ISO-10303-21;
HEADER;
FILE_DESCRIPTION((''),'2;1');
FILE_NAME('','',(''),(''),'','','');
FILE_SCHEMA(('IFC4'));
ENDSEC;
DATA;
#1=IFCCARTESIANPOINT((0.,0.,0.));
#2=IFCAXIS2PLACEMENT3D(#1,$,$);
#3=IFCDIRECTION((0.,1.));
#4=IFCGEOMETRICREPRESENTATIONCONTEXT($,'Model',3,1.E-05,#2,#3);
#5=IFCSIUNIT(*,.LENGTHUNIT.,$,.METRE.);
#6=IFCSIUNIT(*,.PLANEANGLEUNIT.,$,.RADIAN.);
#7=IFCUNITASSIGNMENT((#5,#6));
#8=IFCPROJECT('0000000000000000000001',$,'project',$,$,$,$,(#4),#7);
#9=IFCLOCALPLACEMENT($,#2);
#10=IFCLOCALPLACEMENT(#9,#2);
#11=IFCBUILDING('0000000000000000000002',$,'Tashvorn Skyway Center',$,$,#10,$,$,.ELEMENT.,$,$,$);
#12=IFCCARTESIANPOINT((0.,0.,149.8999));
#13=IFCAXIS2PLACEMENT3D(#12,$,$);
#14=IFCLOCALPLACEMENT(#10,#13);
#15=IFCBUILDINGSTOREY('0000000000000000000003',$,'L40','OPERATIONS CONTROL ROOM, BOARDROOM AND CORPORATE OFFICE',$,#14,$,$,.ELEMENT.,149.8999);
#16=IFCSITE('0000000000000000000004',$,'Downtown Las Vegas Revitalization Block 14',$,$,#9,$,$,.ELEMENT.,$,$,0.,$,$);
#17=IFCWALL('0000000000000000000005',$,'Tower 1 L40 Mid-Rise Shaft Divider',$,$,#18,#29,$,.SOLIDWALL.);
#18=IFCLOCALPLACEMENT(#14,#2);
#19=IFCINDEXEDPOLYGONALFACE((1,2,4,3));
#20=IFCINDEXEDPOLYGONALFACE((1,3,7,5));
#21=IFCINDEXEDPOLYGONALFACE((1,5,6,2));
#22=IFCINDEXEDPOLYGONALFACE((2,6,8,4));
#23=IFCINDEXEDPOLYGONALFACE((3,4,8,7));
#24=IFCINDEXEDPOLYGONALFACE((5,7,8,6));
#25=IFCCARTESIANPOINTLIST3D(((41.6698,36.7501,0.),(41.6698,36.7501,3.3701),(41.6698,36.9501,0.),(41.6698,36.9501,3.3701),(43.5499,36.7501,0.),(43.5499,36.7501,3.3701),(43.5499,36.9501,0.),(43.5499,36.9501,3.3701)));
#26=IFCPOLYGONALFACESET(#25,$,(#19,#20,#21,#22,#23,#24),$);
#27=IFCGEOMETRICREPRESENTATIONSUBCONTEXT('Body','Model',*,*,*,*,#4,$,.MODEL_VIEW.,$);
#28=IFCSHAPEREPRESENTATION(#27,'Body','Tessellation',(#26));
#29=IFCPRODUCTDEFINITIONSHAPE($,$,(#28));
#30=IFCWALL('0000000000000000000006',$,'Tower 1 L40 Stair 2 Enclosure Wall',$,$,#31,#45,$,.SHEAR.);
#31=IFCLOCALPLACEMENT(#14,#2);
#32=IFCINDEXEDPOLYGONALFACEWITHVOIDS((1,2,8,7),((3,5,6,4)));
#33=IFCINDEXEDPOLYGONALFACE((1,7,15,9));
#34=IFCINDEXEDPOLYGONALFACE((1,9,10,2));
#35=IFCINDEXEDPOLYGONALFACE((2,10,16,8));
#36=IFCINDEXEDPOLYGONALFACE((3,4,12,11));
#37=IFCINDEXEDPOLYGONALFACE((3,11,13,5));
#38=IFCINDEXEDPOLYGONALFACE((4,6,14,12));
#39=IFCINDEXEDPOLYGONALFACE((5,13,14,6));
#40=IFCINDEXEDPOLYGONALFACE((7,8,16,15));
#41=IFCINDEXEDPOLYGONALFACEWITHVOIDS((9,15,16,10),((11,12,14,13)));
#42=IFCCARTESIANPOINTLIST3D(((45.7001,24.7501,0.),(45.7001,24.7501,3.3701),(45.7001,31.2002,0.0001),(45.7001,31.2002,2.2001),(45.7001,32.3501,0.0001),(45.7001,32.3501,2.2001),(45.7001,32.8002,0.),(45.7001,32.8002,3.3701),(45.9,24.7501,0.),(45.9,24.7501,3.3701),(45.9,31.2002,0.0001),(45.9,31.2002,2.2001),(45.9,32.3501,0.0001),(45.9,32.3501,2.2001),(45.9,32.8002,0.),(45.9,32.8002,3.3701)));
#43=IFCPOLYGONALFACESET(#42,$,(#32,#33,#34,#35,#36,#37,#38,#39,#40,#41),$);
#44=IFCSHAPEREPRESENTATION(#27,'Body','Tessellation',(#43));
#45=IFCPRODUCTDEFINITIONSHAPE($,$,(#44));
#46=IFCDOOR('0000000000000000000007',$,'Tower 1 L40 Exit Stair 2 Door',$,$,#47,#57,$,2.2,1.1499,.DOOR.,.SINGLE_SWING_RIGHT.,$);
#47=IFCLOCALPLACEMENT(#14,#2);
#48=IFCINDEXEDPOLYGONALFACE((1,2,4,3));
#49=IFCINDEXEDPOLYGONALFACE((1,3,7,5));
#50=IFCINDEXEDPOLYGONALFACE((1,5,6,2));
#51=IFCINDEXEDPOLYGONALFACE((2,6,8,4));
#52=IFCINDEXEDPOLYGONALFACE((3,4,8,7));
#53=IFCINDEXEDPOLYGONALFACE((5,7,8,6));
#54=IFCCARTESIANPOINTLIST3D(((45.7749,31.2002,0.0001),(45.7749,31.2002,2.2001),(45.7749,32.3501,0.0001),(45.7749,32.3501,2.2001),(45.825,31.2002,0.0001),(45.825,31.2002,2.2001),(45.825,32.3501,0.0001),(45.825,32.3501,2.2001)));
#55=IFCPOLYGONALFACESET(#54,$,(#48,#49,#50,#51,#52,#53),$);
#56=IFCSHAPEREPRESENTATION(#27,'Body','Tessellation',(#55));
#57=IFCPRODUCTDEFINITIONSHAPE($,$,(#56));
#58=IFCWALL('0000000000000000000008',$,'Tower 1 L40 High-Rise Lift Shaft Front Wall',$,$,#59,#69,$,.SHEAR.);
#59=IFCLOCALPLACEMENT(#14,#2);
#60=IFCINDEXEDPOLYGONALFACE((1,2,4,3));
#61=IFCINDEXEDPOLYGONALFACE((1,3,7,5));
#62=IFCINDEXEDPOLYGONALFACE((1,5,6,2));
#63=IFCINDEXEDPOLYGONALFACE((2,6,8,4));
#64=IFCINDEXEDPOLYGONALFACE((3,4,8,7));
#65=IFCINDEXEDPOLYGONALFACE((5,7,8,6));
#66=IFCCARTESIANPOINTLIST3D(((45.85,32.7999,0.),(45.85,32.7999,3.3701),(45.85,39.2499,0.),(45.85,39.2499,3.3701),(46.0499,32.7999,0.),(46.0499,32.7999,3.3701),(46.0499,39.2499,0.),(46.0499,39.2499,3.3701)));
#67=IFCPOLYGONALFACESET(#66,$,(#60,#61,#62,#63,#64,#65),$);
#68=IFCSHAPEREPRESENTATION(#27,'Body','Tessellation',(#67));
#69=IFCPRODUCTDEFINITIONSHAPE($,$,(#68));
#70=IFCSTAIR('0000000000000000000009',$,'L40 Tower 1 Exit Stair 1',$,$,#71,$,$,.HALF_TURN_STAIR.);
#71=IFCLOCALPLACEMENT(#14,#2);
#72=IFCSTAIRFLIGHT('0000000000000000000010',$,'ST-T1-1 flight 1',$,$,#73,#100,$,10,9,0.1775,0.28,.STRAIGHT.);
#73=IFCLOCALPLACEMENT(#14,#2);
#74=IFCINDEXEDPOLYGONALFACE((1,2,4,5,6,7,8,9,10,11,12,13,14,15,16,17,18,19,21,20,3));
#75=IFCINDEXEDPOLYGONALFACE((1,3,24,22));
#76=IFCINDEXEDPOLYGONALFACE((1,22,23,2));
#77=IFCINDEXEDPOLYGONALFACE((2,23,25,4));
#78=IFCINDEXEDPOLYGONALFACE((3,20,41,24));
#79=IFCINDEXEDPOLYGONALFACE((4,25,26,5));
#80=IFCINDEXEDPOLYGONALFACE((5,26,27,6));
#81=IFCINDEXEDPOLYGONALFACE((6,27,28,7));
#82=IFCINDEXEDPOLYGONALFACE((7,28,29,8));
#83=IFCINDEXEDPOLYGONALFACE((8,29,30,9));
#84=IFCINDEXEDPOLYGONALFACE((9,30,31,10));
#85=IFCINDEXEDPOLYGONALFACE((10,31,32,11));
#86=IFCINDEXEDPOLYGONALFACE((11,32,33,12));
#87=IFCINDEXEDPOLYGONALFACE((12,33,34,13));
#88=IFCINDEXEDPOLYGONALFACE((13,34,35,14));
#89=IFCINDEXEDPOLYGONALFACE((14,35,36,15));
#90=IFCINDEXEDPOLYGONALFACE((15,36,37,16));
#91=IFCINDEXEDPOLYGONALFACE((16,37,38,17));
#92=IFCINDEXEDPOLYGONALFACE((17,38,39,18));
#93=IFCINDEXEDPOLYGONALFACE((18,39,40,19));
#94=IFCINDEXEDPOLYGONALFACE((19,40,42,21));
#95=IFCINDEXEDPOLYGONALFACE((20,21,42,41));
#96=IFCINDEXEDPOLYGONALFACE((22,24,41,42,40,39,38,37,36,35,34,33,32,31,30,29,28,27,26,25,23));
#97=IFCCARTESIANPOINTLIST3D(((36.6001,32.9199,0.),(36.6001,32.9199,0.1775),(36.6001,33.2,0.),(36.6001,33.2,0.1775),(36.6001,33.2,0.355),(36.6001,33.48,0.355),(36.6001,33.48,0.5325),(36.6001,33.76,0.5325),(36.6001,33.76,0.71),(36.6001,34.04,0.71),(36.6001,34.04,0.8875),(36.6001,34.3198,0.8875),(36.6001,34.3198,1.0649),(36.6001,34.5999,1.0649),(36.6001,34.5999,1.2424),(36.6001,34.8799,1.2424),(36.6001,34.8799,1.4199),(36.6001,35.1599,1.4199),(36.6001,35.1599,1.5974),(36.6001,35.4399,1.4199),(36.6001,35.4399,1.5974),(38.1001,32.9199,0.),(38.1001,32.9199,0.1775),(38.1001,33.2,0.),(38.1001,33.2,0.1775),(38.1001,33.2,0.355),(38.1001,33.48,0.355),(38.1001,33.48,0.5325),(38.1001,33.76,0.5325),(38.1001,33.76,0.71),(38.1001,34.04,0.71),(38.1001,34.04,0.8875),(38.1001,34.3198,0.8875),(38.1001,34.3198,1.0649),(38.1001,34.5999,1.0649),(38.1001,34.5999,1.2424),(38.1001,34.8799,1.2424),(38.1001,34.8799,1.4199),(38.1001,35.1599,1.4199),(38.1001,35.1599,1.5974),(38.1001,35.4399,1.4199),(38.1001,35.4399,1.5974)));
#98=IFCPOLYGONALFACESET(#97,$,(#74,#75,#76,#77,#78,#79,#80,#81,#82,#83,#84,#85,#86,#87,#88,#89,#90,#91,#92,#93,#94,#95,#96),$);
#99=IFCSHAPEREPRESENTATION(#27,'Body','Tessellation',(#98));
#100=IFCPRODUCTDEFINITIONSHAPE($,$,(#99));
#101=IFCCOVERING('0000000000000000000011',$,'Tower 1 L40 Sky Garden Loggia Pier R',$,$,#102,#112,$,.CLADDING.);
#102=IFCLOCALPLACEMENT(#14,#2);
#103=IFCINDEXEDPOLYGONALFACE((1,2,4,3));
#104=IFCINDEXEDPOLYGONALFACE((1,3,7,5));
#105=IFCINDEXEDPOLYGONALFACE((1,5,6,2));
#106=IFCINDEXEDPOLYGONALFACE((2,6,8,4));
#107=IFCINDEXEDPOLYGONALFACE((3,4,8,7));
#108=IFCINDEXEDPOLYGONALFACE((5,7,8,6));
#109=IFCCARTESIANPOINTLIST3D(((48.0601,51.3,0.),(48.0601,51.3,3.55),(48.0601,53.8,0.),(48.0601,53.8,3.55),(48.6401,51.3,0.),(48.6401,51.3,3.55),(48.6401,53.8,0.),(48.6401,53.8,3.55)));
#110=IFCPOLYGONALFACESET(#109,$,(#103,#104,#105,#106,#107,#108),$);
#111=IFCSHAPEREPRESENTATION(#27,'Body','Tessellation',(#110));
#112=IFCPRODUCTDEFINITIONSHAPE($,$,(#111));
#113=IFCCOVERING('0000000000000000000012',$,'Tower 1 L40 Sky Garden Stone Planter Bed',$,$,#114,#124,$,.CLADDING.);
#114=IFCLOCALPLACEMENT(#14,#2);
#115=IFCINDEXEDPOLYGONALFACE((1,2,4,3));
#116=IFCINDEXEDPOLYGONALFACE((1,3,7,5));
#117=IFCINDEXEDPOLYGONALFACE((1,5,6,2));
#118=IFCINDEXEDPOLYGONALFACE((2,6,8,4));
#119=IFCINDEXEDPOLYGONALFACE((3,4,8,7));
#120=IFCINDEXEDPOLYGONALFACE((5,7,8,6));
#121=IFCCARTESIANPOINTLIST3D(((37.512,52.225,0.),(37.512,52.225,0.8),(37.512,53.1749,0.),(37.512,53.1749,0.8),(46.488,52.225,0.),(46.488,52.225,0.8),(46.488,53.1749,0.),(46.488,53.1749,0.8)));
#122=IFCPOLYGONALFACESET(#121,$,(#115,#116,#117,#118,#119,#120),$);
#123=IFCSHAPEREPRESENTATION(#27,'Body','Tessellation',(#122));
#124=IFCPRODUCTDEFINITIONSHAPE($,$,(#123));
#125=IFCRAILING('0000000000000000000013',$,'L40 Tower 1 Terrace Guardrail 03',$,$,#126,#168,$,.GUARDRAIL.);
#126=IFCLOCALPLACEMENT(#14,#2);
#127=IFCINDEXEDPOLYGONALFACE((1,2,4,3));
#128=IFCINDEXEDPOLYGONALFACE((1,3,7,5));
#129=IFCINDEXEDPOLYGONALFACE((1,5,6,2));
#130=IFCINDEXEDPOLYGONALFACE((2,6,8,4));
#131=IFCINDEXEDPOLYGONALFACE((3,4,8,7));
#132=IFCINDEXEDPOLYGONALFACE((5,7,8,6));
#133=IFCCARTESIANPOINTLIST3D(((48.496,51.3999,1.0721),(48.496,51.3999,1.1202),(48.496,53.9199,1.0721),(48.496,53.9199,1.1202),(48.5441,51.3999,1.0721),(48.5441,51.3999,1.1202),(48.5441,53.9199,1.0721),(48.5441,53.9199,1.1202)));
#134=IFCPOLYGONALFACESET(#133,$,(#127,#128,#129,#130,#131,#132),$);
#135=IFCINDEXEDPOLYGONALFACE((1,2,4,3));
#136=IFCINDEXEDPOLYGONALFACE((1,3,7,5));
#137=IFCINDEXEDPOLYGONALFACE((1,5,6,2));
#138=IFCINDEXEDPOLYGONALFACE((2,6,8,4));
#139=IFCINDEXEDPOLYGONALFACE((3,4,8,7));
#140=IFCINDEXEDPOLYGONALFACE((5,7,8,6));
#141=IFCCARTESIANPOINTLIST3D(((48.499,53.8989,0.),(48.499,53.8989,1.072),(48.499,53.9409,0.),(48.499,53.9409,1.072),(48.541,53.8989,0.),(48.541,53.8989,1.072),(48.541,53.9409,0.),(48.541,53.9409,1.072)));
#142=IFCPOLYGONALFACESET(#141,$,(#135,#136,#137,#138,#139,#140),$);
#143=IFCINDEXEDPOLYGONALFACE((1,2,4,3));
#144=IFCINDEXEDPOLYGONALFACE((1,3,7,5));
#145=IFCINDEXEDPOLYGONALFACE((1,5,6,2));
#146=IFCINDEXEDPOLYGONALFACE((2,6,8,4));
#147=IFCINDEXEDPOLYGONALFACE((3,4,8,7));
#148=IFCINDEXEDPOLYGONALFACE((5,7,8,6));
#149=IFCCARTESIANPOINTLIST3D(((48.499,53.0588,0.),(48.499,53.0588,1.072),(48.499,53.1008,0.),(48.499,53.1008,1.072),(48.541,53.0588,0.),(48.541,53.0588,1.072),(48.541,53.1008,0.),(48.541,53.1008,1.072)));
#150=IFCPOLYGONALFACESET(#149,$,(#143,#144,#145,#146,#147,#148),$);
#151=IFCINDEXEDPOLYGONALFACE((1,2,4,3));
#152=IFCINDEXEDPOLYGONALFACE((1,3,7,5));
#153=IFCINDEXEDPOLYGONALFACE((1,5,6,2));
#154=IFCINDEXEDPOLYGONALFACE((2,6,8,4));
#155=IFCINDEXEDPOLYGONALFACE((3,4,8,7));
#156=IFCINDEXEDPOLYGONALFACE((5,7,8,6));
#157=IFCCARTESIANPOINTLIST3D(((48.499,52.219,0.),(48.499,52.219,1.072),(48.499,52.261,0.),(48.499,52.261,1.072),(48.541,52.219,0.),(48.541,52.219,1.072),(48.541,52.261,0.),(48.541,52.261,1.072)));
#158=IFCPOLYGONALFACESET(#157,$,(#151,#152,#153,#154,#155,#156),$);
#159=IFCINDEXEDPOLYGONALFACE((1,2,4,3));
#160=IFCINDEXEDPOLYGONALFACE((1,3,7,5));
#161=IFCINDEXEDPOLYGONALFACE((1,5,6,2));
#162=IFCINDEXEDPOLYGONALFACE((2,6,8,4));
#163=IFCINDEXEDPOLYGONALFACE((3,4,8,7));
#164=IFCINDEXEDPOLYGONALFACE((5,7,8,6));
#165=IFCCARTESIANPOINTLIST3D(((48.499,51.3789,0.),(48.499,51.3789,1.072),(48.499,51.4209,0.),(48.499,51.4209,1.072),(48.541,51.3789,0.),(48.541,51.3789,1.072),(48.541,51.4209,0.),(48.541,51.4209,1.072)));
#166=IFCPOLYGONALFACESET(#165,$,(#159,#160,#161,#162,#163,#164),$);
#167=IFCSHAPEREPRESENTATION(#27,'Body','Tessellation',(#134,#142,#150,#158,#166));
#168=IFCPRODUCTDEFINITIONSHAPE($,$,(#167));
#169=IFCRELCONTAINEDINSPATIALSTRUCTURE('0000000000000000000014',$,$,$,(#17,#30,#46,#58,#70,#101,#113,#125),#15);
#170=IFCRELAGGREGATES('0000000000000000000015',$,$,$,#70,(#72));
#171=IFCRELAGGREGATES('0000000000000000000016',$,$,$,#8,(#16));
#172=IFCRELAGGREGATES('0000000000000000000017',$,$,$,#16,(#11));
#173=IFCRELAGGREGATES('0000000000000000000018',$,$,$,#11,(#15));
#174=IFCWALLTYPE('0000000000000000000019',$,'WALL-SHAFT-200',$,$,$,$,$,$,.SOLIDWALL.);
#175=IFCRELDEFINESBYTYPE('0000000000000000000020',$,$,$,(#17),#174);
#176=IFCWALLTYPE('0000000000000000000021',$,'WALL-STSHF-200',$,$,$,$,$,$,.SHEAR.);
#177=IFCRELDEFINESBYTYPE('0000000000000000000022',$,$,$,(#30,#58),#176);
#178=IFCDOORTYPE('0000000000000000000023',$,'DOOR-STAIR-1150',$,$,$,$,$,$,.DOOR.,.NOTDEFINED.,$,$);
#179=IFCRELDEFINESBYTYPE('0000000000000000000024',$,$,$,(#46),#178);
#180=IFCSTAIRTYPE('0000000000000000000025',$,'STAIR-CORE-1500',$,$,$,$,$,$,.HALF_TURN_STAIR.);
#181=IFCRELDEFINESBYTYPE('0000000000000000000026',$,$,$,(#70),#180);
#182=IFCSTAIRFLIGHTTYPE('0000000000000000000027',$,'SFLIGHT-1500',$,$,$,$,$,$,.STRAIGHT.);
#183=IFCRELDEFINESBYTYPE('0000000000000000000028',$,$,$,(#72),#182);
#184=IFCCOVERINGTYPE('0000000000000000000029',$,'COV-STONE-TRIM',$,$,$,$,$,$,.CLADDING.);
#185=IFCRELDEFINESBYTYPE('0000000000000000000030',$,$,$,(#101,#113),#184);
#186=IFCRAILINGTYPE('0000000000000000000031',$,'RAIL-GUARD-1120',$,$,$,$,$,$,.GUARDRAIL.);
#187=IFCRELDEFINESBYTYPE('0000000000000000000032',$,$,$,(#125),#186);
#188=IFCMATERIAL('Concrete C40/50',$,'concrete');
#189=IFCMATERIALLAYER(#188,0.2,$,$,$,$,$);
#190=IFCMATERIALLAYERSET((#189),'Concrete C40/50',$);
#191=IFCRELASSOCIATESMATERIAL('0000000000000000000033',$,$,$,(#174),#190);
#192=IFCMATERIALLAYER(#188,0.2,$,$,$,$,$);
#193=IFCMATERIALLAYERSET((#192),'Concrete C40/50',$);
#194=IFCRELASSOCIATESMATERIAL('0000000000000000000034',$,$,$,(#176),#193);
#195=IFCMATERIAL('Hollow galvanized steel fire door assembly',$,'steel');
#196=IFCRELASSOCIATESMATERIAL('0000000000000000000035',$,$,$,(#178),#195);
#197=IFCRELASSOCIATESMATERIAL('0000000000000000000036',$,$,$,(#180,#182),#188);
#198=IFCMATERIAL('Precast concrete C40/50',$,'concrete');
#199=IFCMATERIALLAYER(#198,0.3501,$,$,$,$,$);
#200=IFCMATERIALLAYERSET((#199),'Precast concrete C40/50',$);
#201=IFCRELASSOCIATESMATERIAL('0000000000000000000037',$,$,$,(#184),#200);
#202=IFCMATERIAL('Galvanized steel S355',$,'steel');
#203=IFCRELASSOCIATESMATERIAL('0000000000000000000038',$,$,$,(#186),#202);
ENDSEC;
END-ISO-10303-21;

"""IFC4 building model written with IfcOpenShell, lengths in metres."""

from ifc_helpers import new_model, si_unit, direction, frame, frame_2d, origin, origin_2d, place, context, subcontext, project, spatial, polyline, rectangle, outline, extrude, material, layer, layer_set, type_object, element, fill, aggregate, save


model = new_model("IFC4")

# Units and contexts
model_context = context("Model", 3, precision=1e-05, world=origin(), true_north=direction((0.0, 1.0)))
body_context = subcontext(model_context, "Body", "Model", "MODEL_VIEW")
ifc_project = project(units=[si_unit("LENGTHUNIT", "METRE"), si_unit("PLANEANGLEUNIT", "RADIAN")], contexts=[model_context])

# Site, building, storey
site_placement = place(None, origin())
site = spatial("IfcSite", under=ifc_project, at=site_placement, Name="Downtown Las Vegas Revitalization Block 14", CompositionType="ELEMENT", RefElevation=0.0)
building_placement = place(site_placement, origin())
building = spatial("IfcBuilding", under=site, at=building_placement, Name="Tashvorn Skyway Center", CompositionType="ELEMENT")
storey_placement = place(building_placement, frame((0.0, 0.0, 149.8999)))
storey = spatial("IfcBuildingStorey", under=building, at=storey_placement, Name="L40", Description="OPERATIONS CONTROL ROOM, BOARDROOM AND CORPORATE OFFICE", CompositionType="ELEMENT", Elevation=149.8999)

# Shared definitions
ifc_material_1 = material(Name="Concrete C40/50", Category="concrete")

# Shared definitions
ifc_material_2 = material(Name="Hollow galvanized steel fire door assembly", Category="steel")

# Wall
ifc_layer_1 = layer(ifc_material_1, 0.2)
ifc_layer_set_1 = layer_set([ifc_layer_1], Name="Concrete C40/50")
wall_type_1 = type_object("IfcWallType", Name="WALL-SHAFT-200", PredefinedType="SOLIDWALL", material=ifc_layer_set_1)
for number, where, z_axis, x_axis, name in (
    (1, (41.6699, 36.8501, 0.0), (0.0, 0.0, 1.0), (1.0, 0.0, 0.0), "Tower 1 L40 Mid-Rise Shaft Divider"),
):
    element("IfcWall", number, at=place(storey_placement, frame(where, z_axis=z_axis, x_axis=x_axis)), inside=storey, type_object=wall_type_1, Name=name, PredefinedType="SOLIDWALL", context=body_context, shape_type="SweptSolid", body=[
        extrude(rectangle(XDim=1.8801, YDim=0.2, at=frame_2d((0.9399, 0.0))), origin(), (0.0, 0.0, 1.0), 3.3701),
    ])

# Wall, opening, door
ifc_layer_2 = layer(ifc_material_1, 0.2)
ifc_layer_set_2 = layer_set([ifc_layer_2], Name="Concrete C40/50")
wall_type_2 = type_object("IfcWallType", Name="WALL-STSHF-200", PredefinedType="SHEAR", material=ifc_layer_set_2)
wall_1_placement = place(storey_placement, frame((45.8, 32.8, 0.0), z_axis=(0.0, 0.0, 1.0), x_axis=(0.0, -1.0, 0.0)))
wall_1 = element("IfcWall", 2, at=wall_1_placement, inside=storey, type_object=wall_type_2, Name="Tower 1 L40 Stair 2 Enclosure Wall", PredefinedType="SHEAR", context=body_context, shape_type="SweptSolid", body=[
    extrude(rectangle(XDim=8.05, YDim=0.2, at=frame_2d((4.0249, 0.0))), origin(), (0.0, 0.0, 1.0), 3.3701),
])
opening_1_placement = place(wall_1_placement, frame((0.45, 0.0, 0.0)))
opening_1 = element("IfcOpeningElement", 3, at=opening_1_placement, cuts=wall_1, PredefinedType="OPENING", context=body_context, shape_type="SweptSolid", body=[
    extrude(rectangle(XDim=1.1499, YDim=2.2, at=frame_2d((0.575, 1.1001))), frame((0.0, 0.1099, 0.0), z_axis=(0.0, -1.0, 0.0), x_axis=(1.0, 0.0, 0.0)), (0.0, 0.0, 1.0), 0.22),
])
door_type_1 = type_object("IfcDoorType", Name="DOOR-STAIR-1150", OperationType="NOTDEFINED", PredefinedType="DOOR", material=ifc_material_2)
door_1_placement = place(opening_1_placement, origin())
door_1 = element("IfcDoor", 4, at=door_1_placement, inside=storey, type_object=door_type_1, Name="Tower 1 L40 Exit Stair 2 Door", OperationType="SINGLE_SWING_RIGHT", OverallHeight=2.2, OverallWidth=1.1499, PredefinedType="DOOR", context=body_context, shape_type="SweptSolid", body=[
    extrude(rectangle(XDim=1.1499, YDim=2.2, at=frame_2d((0.575, 1.1001))), frame((0.0, 0.0249, 0.0), z_axis=(0.0, -1.0, 0.0), x_axis=(1.0, 0.0, 0.0)), (0.0, 0.0, 1.0), 0.05),
])
fill(opening_1, door_1)

# Wall
wall_2_placement = place(storey_placement, frame((45.95, 39.25, 0.0), z_axis=(0.0, 0.0, 1.0), x_axis=(0.0, -1.0, 0.0)))
element("IfcWall", 5, at=wall_2_placement, inside=storey, type_object=wall_type_2, Name="Tower 1 L40 High-Rise Lift Shaft Front Wall", PredefinedType="SHEAR", context=body_context, shape_type="SweptSolid", body=[
    extrude(rectangle(XDim=6.45, YDim=0.2, at=frame_2d((3.2251, 0.0))), origin(), (0.0, 0.0, 1.0), 3.3701),
])

# Stair, stair flight
stair_type = type_object("IfcStairType", Name="STAIR-CORE-1500", PredefinedType="HALF_TURN_STAIR", material=ifc_material_1)
stair_placement = place(storey_placement, origin())
stair = element("IfcStair", 6, at=stair_placement, inside=storey, type_object=stair_type, Name="L40 Tower 1 Exit Stair 1", PredefinedType="HALF_TURN_STAIR")
stair_flight_type = type_object("IfcStairFlightType", Name="SFLIGHT-1500", PredefinedType="STRAIGHT", material=ifc_material_1)
stair_flight_placement = place(storey_placement, frame((37.3501, 32.9199, 0.0), z_axis=(0.0, 0.0, 1.0), x_axis=(0.0, 1.0, 0.0)))
stair_flight = element("IfcStairFlight", 7, at=stair_flight_placement, type_object=stair_flight_type, Name="ST-T1-1 flight 1", NumberOfRisers=10, NumberOfTreads=9, PredefinedType="STRAIGHT", RiserHeight=0.1775, TreadLength=0.28, context=body_context, shape_type="SweptSolid", body=[
    extrude(outline(polyline([(0.0, 0.0), (0.0, 0.1775), (0.28, 0.1775), (0.28, 0.355), (0.5601, 0.355), (0.5601, 0.5325), (0.8401, 0.5325), (0.8401, 0.71), (1.1201, 0.71), (1.1201, 0.8875), (1.3999, 0.8875), (1.3999, 1.0649), (1.6799, 1.0649), (1.6799, 1.2424), (1.96, 1.2424), (1.96, 1.4199), (2.24, 1.4199), (2.24, 1.5974), (2.52, 1.5974), (2.52, 1.7749), (2.52, 1.4199), (0.28, 0.0), (0.0, 0.0)])), frame((0.0, 0.75, 0.0), z_axis=(0.0, -1.0, 0.0), x_axis=(1.0, 0.0, 0.0)), (0.0, 0.0, 1.0), 1.5),
])
aggregate(stair, [stair_flight])

# Coverings
ifc_material_3 = material(Name="Precast concrete C40/50", Category="concrete")
ifc_layer_3 = layer(ifc_material_3, 0.3501)
ifc_layer_set_3 = layer_set([ifc_layer_3], Name="Precast concrete C40/50")
covering_type = type_object("IfcCoveringType", Name="COV-STONE-TRIM", PredefinedType="CLADDING", material=ifc_layer_set_3)
covering_1_placement = place(storey_placement, frame((48.3501, 52.55, 0.0), z_axis=(0.0, 0.0, 1.0), x_axis=(1.0, 0.0, 0.0)))
element("IfcCovering", 8, at=covering_1_placement, inside=storey, type_object=covering_type, Name="Tower 1 L40 Sky Garden Loggia Pier R", PredefinedType="CLADDING", context=body_context, shape_type="SweptSolid", body=[
    extrude(rectangle(XDim=0.5801, YDim=2.5, at=origin_2d()), origin(), (0.0, 0.0, 1.0), 3.55),
])
covering_2_placement = place(storey_placement, frame((42.0, 52.7, 0.0), z_axis=(0.0, 0.0, 1.0), x_axis=(1.0, 0.0, 0.0)))
element("IfcCovering", 9, at=covering_2_placement, inside=storey, type_object=covering_type, Name="Tower 1 L40 Sky Garden Stone Planter Bed", PredefinedType="CLADDING", context=body_context, shape_type="SweptSolid", body=[
    extrude(rectangle(XDim=8.9761, YDim=0.95, at=origin_2d()), origin(), (0.0, 0.0, 1.0), 0.8),
])

# Railing
ifc_material_4 = material(Name="Galvanized steel S355", Category="steel")
railing_type_1 = type_object("IfcRailingType", Name="RAIL-GUARD-1120", PredefinedType="GUARDRAIL", material=ifc_material_4)
railing_1_placement = place(storey_placement, frame((48.52, 53.9199, 0.0)))
element("IfcRailing", 10, at=railing_1_placement, inside=storey, type_object=railing_type_1, Name="L40 Tower 1 Terrace Guardrail 03", PredefinedType="GUARDRAIL", context=body_context, shape_type="SweptSolid", body=[
    extrude(rectangle(XDim=0.0481, YDim=0.0481, at=origin_2d()), frame((0.0, 0.0, 1.0962), z_axis=(0.0, -1.0, 0.0), x_axis=(1.0, 0.0, 0.0)), (0.0, 0.0, 1.0), 2.52),
    extrude(rectangle(XDim=0.042, YDim=0.042, at=origin_2d()), origin(), (0.0, 0.0, 1.0), 1.072),
    extrude(rectangle(XDim=0.042, YDim=0.042, at=origin_2d()), frame((0.0, -0.8401, 0.0)), (0.0, 0.0, 1.0), 1.072),
    extrude(rectangle(XDim=0.042, YDim=0.042, at=origin_2d()), frame((0.0, -1.6799, 0.0)), (0.0, 0.0, 1.0), 1.072),
    extrude(rectangle(XDim=0.042, YDim=0.042, at=origin_2d()), frame((0.0, -2.52, 0.0)), (0.0, 0.0, 1.0), 1.072),
])

save(model, "model.ifc")
